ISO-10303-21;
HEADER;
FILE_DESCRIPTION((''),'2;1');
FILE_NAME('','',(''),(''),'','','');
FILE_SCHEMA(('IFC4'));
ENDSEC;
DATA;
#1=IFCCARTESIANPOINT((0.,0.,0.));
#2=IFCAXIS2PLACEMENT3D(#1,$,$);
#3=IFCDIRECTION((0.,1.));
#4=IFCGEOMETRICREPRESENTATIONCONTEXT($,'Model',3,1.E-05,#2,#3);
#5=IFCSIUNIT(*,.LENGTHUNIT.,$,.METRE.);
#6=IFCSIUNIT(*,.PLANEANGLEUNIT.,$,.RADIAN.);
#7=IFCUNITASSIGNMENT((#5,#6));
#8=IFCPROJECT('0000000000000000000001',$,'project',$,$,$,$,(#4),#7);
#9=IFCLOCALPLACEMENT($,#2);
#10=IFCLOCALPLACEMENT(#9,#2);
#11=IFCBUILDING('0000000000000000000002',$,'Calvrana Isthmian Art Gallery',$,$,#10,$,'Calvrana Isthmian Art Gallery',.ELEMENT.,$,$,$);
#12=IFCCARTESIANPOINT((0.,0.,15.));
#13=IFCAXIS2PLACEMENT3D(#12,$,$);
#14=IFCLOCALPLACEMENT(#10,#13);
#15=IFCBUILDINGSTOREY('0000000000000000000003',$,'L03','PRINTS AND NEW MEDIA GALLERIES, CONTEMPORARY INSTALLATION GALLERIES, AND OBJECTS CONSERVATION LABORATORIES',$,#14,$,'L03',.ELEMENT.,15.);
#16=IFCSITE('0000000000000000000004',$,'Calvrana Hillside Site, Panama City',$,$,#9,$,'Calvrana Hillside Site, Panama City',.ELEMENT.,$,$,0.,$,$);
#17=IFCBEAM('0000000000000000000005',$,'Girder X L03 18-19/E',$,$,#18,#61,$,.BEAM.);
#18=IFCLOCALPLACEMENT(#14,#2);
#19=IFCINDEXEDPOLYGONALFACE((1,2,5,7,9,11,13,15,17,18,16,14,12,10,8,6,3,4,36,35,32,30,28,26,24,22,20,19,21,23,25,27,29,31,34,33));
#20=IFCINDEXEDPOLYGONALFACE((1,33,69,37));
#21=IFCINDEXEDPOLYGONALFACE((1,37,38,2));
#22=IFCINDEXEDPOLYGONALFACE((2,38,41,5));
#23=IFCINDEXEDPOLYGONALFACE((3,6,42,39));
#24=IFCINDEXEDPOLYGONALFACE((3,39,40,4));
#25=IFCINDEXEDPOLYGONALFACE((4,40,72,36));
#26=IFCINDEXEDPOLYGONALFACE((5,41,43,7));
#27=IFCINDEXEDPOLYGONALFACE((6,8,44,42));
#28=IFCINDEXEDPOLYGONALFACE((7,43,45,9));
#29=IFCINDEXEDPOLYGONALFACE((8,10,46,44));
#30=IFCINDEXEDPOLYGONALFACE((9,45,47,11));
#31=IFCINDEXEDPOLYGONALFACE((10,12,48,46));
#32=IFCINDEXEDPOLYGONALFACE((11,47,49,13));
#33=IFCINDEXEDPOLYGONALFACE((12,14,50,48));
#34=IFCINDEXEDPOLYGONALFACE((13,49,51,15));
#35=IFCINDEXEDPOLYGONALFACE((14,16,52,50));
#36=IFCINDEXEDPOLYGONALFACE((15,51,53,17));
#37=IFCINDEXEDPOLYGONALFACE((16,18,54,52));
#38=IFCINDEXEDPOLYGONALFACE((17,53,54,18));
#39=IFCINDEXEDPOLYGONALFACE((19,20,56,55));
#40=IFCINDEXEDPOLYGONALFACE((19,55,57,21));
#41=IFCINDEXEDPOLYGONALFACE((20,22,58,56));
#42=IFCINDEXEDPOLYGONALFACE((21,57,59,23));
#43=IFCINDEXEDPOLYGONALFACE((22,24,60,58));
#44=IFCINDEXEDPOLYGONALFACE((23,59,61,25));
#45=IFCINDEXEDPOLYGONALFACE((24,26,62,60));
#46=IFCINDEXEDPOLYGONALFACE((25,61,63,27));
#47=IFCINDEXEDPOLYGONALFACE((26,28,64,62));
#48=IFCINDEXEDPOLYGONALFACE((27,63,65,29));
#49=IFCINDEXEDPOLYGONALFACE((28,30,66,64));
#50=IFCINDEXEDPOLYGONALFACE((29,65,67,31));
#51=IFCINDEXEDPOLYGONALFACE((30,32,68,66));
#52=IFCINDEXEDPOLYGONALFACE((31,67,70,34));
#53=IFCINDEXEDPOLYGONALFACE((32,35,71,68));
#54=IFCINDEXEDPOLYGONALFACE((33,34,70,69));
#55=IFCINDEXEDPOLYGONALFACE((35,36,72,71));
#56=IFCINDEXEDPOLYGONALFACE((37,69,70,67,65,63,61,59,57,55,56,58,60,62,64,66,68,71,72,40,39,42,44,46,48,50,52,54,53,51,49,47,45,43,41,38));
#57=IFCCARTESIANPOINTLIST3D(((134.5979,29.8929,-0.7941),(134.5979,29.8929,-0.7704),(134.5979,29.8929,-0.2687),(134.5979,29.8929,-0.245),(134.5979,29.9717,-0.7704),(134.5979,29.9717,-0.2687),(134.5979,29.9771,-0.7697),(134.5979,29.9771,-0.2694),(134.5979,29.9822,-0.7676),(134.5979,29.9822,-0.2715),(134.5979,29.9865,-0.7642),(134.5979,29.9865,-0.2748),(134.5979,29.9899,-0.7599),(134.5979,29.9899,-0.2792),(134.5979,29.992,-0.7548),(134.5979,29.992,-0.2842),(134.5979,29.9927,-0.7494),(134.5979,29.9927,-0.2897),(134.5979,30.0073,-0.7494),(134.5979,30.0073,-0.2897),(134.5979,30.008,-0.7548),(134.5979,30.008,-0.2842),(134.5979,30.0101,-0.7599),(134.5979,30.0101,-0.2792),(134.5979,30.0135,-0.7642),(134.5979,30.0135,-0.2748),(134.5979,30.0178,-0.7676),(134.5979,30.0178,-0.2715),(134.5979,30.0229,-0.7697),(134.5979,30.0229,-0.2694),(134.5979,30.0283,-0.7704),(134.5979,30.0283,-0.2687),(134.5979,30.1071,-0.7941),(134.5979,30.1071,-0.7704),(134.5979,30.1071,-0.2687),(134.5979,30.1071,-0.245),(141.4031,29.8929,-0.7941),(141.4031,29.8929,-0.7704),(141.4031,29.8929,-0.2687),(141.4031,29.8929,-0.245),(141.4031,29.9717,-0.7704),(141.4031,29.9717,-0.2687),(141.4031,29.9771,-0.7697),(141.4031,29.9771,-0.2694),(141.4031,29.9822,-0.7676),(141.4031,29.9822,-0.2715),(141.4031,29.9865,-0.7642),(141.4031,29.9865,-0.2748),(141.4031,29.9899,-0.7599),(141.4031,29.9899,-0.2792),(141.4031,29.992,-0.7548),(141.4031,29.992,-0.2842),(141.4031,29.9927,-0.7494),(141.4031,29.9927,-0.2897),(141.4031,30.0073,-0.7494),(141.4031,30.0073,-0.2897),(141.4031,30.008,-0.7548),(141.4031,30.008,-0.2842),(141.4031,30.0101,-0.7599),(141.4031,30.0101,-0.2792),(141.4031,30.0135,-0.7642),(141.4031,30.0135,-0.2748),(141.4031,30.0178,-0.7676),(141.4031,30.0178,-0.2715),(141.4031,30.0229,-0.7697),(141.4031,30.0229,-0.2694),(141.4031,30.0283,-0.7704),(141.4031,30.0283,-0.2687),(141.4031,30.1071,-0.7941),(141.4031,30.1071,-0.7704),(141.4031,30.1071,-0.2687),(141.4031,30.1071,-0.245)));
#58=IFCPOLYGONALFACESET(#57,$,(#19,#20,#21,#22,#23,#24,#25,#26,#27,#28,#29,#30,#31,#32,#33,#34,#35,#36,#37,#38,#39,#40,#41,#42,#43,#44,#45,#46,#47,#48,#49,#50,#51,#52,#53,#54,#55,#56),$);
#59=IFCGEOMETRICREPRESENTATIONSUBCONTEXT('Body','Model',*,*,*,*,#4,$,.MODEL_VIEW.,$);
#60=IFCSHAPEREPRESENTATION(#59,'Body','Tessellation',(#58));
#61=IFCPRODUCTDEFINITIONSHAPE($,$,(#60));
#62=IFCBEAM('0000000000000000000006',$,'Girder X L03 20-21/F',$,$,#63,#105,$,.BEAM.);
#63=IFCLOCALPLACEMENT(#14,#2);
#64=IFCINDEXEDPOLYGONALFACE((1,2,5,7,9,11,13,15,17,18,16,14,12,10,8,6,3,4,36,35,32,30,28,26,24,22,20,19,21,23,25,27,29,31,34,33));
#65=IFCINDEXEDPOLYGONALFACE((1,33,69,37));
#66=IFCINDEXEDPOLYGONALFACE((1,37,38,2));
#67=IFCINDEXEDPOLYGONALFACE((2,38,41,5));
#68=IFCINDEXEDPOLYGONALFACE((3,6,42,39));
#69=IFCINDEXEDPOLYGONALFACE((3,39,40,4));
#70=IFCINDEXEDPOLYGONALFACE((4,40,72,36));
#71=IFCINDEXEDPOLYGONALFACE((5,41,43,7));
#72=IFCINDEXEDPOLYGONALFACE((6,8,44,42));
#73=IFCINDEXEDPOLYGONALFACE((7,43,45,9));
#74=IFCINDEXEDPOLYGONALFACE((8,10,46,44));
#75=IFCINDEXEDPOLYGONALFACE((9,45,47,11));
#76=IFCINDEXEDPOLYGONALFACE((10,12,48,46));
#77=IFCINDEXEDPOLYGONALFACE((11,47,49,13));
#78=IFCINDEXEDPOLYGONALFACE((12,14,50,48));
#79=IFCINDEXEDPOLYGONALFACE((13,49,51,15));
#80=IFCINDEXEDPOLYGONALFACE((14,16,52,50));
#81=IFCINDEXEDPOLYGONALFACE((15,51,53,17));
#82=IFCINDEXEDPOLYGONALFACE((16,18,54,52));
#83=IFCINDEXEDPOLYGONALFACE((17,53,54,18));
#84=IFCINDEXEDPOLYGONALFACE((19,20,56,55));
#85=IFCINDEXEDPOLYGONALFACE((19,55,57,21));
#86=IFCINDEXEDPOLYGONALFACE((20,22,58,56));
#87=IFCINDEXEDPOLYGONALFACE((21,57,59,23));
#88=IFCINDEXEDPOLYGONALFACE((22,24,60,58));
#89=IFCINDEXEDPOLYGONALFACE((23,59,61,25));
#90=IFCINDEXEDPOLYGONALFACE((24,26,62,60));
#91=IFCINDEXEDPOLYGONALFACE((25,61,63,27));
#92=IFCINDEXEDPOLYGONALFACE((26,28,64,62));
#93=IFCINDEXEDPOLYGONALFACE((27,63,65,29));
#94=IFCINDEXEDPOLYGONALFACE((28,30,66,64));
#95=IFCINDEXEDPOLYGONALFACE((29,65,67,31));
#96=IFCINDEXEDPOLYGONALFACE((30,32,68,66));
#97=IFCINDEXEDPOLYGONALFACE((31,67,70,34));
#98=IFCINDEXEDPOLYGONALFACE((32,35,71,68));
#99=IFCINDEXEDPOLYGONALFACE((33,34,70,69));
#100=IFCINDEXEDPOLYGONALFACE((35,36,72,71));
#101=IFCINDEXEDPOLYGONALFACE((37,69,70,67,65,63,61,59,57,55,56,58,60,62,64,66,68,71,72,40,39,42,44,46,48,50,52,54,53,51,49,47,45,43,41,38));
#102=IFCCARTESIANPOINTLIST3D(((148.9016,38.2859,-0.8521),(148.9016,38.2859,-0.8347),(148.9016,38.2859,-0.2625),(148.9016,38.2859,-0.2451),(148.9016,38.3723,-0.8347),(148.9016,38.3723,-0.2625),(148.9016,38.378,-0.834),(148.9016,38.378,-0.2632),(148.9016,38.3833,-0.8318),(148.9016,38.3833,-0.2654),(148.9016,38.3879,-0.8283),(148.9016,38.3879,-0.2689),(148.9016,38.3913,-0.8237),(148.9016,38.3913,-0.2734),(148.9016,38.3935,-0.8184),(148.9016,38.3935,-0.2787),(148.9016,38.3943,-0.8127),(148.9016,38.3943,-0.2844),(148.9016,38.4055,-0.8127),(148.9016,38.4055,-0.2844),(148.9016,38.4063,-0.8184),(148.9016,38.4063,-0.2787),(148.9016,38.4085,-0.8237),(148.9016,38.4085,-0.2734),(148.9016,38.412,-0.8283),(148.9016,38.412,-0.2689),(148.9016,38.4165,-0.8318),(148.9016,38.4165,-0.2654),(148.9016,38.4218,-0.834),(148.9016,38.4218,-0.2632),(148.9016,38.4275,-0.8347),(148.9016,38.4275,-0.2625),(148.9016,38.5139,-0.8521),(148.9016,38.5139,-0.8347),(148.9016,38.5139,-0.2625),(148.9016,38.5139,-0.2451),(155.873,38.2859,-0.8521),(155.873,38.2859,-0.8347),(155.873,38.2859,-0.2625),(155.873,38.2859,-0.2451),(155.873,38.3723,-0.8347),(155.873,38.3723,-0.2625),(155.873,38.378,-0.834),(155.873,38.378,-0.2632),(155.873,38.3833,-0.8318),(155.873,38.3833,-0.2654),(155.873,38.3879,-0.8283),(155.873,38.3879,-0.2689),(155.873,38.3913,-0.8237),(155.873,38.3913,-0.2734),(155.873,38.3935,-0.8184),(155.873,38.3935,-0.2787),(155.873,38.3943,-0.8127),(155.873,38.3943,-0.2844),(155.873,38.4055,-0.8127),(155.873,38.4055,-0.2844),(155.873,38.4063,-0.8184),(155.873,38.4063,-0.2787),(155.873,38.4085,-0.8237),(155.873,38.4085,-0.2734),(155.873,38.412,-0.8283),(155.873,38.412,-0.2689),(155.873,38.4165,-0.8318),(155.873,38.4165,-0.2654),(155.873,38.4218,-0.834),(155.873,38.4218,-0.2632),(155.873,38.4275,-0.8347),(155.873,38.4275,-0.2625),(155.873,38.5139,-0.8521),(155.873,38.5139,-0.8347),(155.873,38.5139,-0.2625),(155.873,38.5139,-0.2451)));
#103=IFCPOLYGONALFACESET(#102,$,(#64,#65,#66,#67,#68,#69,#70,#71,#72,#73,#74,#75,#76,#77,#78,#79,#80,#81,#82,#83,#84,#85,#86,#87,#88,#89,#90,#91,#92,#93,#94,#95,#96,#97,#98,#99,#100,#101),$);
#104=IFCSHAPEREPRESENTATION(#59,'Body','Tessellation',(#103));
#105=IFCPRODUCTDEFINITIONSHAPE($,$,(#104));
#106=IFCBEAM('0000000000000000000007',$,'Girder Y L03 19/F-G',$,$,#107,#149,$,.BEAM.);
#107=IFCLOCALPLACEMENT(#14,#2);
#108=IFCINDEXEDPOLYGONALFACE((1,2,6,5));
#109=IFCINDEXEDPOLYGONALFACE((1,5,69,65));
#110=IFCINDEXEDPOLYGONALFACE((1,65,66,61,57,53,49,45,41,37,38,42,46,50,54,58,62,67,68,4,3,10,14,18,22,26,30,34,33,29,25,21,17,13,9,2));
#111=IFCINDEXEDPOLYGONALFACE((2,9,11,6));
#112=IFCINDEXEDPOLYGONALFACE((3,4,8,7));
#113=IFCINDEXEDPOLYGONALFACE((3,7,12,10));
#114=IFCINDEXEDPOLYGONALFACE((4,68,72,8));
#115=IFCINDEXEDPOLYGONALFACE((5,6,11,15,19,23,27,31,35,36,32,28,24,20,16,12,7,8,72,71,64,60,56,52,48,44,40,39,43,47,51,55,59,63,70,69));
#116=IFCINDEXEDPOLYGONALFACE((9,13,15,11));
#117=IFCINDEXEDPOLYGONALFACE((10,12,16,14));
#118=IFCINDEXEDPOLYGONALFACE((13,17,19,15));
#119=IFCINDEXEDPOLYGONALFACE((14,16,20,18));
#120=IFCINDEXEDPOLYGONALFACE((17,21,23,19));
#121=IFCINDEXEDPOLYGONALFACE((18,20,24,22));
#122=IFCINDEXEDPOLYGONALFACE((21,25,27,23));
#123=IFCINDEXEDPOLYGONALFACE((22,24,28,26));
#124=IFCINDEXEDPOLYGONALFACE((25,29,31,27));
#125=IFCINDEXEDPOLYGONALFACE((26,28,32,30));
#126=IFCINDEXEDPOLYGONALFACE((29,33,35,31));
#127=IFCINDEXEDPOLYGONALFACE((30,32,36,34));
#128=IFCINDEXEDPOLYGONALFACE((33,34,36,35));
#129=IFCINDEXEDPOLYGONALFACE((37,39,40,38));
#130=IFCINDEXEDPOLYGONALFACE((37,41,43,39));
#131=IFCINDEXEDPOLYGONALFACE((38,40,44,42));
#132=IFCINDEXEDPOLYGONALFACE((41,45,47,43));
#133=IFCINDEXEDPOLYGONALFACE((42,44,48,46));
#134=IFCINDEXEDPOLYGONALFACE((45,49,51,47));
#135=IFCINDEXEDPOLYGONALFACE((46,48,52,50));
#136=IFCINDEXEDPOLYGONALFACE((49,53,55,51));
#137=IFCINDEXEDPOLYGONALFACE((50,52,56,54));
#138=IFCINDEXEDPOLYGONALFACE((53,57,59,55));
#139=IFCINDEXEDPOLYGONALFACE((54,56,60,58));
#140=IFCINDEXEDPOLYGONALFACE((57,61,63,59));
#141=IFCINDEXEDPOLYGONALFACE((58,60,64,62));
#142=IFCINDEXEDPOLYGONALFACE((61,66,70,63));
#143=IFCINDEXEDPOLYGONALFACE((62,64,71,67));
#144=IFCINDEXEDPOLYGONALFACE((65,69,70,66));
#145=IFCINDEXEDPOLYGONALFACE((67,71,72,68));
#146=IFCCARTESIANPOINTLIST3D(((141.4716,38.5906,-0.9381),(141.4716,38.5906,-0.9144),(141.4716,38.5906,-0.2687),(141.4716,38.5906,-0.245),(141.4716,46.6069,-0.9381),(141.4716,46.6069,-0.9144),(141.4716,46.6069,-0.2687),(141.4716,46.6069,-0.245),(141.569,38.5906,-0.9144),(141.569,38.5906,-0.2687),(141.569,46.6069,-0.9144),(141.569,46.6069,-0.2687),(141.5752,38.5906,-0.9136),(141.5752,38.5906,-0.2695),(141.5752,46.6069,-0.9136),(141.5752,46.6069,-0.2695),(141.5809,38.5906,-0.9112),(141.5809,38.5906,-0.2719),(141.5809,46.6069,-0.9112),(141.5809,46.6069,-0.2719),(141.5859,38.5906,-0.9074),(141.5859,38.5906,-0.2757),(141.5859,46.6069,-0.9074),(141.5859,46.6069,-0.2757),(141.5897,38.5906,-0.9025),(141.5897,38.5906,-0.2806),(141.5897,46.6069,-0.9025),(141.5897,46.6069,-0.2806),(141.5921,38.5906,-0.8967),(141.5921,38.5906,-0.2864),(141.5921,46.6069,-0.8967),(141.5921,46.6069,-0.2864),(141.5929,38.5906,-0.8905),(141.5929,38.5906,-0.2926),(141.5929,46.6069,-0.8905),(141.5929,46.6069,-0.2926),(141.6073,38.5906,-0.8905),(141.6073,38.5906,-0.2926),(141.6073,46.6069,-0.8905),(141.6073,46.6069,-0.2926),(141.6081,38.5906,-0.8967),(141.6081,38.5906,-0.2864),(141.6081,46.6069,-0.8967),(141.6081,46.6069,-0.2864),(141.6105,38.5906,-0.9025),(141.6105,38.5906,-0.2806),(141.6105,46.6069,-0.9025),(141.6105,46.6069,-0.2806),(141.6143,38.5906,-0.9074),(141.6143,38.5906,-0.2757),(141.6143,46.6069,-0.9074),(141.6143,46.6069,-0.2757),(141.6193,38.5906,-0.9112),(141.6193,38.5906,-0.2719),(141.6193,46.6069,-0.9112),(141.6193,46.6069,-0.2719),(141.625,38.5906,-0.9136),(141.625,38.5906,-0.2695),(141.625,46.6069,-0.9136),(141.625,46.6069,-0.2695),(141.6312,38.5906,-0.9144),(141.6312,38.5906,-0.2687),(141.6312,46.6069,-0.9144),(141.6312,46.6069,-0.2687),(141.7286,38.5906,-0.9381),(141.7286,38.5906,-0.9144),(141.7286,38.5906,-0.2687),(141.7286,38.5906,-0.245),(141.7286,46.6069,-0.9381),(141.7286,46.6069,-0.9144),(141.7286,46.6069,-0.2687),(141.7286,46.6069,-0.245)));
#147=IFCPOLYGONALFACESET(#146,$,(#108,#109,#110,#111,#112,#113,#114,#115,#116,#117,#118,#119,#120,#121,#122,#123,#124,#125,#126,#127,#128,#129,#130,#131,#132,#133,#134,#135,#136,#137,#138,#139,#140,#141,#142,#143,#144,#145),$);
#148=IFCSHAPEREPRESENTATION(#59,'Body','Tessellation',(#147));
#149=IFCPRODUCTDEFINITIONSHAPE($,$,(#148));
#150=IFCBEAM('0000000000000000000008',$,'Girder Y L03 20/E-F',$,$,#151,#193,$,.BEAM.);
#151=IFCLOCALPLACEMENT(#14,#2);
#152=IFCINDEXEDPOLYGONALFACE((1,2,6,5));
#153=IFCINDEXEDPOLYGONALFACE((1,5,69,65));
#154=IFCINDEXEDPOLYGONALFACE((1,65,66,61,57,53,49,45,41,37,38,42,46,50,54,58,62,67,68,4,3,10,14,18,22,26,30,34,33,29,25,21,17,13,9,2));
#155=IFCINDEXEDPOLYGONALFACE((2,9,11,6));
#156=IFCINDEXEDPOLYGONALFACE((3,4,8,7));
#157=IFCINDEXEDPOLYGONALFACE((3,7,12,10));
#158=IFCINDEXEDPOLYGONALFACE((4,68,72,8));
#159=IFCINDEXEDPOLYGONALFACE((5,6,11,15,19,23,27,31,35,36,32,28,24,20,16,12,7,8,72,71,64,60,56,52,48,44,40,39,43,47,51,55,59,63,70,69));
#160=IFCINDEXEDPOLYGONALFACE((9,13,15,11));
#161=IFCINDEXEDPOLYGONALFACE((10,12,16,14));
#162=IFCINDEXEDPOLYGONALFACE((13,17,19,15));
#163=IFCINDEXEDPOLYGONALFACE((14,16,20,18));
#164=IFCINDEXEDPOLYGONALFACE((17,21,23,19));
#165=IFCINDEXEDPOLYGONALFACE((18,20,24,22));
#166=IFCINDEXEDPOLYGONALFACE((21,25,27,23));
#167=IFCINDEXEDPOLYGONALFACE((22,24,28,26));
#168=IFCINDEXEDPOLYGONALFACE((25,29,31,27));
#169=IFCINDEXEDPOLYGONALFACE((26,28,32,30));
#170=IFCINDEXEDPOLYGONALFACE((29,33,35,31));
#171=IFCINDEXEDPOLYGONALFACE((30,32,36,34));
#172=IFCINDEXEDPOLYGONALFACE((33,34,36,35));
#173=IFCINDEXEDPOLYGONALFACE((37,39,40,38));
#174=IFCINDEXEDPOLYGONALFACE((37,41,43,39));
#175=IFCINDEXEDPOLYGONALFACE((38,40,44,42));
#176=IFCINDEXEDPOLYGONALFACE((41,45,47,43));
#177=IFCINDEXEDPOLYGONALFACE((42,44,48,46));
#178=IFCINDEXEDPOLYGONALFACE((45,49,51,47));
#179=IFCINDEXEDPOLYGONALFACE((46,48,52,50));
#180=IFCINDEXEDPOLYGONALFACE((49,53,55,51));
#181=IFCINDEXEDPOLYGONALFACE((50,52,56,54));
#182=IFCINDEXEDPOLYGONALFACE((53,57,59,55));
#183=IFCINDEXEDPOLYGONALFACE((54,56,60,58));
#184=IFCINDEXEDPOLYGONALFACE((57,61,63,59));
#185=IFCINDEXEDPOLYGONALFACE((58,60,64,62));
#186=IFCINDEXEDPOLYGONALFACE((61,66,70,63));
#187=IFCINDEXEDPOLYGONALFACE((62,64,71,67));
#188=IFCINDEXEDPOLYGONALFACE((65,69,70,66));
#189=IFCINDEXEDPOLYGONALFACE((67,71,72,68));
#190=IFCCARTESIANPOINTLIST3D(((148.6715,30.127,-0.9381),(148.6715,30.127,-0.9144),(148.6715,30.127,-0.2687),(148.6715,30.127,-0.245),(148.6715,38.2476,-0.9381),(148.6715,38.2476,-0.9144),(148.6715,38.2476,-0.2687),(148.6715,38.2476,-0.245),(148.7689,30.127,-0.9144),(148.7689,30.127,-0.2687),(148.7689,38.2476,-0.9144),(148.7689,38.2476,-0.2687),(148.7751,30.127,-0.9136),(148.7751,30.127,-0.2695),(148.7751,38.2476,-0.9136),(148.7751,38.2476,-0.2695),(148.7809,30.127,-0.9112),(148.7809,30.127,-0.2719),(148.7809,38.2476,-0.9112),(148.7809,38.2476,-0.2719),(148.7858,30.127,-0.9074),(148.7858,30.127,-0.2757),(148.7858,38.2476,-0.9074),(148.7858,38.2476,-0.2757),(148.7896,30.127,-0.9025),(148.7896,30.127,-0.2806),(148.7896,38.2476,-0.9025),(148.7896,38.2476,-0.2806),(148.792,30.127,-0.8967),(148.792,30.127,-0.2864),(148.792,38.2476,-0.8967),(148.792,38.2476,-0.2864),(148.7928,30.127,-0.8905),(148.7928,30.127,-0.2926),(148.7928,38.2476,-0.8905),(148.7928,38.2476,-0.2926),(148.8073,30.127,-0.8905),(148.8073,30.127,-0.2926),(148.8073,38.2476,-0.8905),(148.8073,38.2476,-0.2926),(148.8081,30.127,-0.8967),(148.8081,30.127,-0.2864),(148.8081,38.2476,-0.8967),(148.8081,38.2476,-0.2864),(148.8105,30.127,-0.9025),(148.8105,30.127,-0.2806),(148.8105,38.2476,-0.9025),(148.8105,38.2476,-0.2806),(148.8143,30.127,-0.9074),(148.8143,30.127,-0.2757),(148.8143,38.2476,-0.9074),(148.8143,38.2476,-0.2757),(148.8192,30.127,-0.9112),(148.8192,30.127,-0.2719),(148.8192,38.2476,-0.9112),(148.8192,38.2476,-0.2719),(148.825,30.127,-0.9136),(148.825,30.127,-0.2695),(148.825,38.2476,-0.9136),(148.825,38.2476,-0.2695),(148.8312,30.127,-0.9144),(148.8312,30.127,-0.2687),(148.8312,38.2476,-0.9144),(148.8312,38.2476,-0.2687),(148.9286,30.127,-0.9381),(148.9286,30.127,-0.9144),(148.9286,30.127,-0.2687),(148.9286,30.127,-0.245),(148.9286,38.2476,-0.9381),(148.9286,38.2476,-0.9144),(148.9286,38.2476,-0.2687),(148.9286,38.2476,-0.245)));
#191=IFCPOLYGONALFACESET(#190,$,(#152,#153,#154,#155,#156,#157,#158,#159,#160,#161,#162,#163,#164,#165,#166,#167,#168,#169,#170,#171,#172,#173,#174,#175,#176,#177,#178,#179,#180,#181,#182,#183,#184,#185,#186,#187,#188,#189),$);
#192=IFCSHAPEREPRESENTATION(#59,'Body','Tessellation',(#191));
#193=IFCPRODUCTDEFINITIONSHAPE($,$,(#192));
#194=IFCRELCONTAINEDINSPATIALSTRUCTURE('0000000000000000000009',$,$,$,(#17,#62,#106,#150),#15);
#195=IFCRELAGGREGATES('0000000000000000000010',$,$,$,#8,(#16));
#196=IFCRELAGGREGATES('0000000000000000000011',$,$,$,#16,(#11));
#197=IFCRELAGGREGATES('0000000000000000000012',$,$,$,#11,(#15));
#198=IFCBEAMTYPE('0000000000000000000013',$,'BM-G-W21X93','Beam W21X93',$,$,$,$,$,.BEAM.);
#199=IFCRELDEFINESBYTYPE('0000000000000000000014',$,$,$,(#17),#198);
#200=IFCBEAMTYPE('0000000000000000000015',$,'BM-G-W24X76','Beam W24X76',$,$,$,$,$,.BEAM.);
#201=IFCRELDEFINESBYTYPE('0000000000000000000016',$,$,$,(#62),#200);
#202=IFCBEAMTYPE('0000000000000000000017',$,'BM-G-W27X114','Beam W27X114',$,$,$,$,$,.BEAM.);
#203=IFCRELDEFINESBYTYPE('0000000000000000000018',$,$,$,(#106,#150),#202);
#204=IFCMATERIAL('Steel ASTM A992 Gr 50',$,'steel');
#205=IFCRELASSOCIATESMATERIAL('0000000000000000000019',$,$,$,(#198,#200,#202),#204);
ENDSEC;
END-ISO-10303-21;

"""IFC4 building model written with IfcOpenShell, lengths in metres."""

from ifc_helpers import new_model, si_unit, direction, frame, origin, origin_2d, place, context, subcontext, project, spatial, i_section, extrude, material, material_profile, profile_set, type_object, element, save


model = new_model("IFC4")

# Units and contexts
model_context = context("Model", 3, precision=1e-05, world=origin(), true_north=direction((0.0, 1.0)))
body_context = subcontext(model_context, "Body", "Model", "MODEL_VIEW")
ifc_project = project(units=[si_unit("LENGTHUNIT", "METRE"), si_unit("PLANEANGLEUNIT", "RADIAN")], contexts=[model_context])

# Site, building, storey
site_placement = place(None, origin())
site = spatial("IfcSite", under=ifc_project, at=site_placement, Name="Calvrana Hillside Site, Panama City", LongName="Calvrana Hillside Site, Panama City", CompositionType="ELEMENT", RefElevation=0.0)
building_placement = place(site_placement, origin())
building = spatial("IfcBuilding", under=site, at=building_placement, Name="Calvrana Isthmian Art Gallery", LongName="Calvrana Isthmian Art Gallery", CompositionType="ELEMENT")
storey_placement = place(building_placement, frame((0.0, 0.0, 15.0)))
storey = spatial("IfcBuildingStorey", under=building, at=storey_placement, Name="L03", Description="PRINTS AND NEW MEDIA GALLERIES, CONTEMPORARY INSTALLATION GALLERIES, AND OBJECTS CONSERVATION LABORATORIES", LongName="L03", CompositionType="ELEMENT", Elevation=15.0)

# Shared definitions
ifc_material_1 = material(Name="Steel ASTM A992 Gr 50", Category="steel")

# Beams
ifc_material_profile_1 = material_profile(ifc_material_1, i_section(OverallWidth=0.2141, OverallDepth=0.5491, WebThickness=0.0146, FlangeThickness=0.0237, FilletRadius=0.021, at=origin_2d()), Name="W21X93")
ifc_profile_set_1 = profile_set([ifc_material_profile_1], Name="Steel ASTM A992 Gr 50")
beam_type_1 = type_object("IfcBeamType", Name="BM-G-W21X93", Description="Beam W21X93", PredefinedType="BEAM", material=ifc_profile_set_1)
beam_1_placement = place(storey_placement, frame((134.5979, 30.0, -0.5195), z_axis=(1.0, 0.0, 0.0), x_axis=(0.0, 1.0, 0.0)))
element("IfcBeam", 1, at=beam_1_placement, inside=storey, type_object=beam_type_1, Name="Girder X L03 18-19/E", PredefinedType="BEAM", context=body_context, shape_type="SweptSolid", body=[
    extrude(i_section(OverallWidth=0.2141, OverallDepth=0.5491, WebThickness=0.0146, FlangeThickness=0.0237, FilletRadius=0.021, at=origin_2d()), origin(), (0.0, 0.0, 1.0), 6.8052),
])
ifc_material_profile_2 = material_profile(ifc_material_1, i_section(OverallWidth=0.228, OverallDepth=0.6069, WebThickness=0.0112, FlangeThickness=0.0173, FilletRadius=0.022, at=origin_2d()), Name="W24X76")
ifc_profile_set_2 = profile_set([ifc_material_profile_2], Name="Steel ASTM A992 Gr 50")
beam_type_2 = type_object("IfcBeamType", Name="BM-G-W24X76", Description="Beam W24X76", PredefinedType="BEAM", material=ifc_profile_set_2)
beam_2_placement = place(storey_placement, frame((148.9016, 38.3999, -0.5486), z_axis=(1.0, 0.0, 0.0), x_axis=(0.0, 1.0, 0.0)))
element("IfcBeam", 2, at=beam_2_placement, inside=storey, type_object=beam_type_2, Name="Girder X L03 20-21/F", PredefinedType="BEAM", context=body_context, shape_type="SweptSolid", body=[
    extrude(i_section(OverallWidth=0.228, OverallDepth=0.6069, WebThickness=0.0112, FlangeThickness=0.0173, FilletRadius=0.022, at=origin_2d()), origin(), (0.0, 0.0, 1.0), 6.9714),
])
ifc_material_profile_3 = material_profile(ifc_material_1, i_section(OverallWidth=0.2571, OverallDepth=0.6931, WebThickness=0.0144, FlangeThickness=0.0237, FilletRadius=0.0239, at=origin_2d()), Name="W27X114")
ifc_profile_set_3 = profile_set([ifc_material_profile_3], Name="Steel ASTM A992 Gr 50")
beam_type_3 = type_object("IfcBeamType", Name="BM-G-W27X114", Description="Beam W27X114", PredefinedType="BEAM", material=ifc_profile_set_3)
beam_3_placement = place(storey_placement, frame((141.6001, 38.5906, -0.5916), z_axis=(0.0, 1.0, 0.0), x_axis=(-1.0, 0.0, 0.0)))
element("IfcBeam", 3, at=beam_3_placement, inside=storey, type_object=beam_type_3, Name="Girder Y L03 19/F-G", PredefinedType="BEAM", context=body_context, shape_type="SweptSolid", body=[
    extrude(i_section(OverallWidth=0.2571, OverallDepth=0.6931, WebThickness=0.0144, FlangeThickness=0.0237, FilletRadius=0.0239, at=origin_2d()), origin(), (0.0, 0.0, 1.0), 8.0164),
])
beam_4_placement = place(storey_placement, frame((148.8, 30.127, -0.5916), z_axis=(0.0, 1.0, 0.0), x_axis=(-1.0, 0.0, 0.0)))
element("IfcBeam", 4, at=beam_4_placement, inside=storey, type_object=beam_type_3, Name="Girder Y L03 20/E-F", PredefinedType="BEAM", context=body_context, shape_type="SweptSolid", body=[
    extrude(i_section(OverallWidth=0.2571, OverallDepth=0.6931, WebThickness=0.0144, FlangeThickness=0.0237, FilletRadius=0.0239, at=origin_2d()), origin(), (0.0, 0.0, 1.0), 8.1206),
])

save(model, "model.ifc")
